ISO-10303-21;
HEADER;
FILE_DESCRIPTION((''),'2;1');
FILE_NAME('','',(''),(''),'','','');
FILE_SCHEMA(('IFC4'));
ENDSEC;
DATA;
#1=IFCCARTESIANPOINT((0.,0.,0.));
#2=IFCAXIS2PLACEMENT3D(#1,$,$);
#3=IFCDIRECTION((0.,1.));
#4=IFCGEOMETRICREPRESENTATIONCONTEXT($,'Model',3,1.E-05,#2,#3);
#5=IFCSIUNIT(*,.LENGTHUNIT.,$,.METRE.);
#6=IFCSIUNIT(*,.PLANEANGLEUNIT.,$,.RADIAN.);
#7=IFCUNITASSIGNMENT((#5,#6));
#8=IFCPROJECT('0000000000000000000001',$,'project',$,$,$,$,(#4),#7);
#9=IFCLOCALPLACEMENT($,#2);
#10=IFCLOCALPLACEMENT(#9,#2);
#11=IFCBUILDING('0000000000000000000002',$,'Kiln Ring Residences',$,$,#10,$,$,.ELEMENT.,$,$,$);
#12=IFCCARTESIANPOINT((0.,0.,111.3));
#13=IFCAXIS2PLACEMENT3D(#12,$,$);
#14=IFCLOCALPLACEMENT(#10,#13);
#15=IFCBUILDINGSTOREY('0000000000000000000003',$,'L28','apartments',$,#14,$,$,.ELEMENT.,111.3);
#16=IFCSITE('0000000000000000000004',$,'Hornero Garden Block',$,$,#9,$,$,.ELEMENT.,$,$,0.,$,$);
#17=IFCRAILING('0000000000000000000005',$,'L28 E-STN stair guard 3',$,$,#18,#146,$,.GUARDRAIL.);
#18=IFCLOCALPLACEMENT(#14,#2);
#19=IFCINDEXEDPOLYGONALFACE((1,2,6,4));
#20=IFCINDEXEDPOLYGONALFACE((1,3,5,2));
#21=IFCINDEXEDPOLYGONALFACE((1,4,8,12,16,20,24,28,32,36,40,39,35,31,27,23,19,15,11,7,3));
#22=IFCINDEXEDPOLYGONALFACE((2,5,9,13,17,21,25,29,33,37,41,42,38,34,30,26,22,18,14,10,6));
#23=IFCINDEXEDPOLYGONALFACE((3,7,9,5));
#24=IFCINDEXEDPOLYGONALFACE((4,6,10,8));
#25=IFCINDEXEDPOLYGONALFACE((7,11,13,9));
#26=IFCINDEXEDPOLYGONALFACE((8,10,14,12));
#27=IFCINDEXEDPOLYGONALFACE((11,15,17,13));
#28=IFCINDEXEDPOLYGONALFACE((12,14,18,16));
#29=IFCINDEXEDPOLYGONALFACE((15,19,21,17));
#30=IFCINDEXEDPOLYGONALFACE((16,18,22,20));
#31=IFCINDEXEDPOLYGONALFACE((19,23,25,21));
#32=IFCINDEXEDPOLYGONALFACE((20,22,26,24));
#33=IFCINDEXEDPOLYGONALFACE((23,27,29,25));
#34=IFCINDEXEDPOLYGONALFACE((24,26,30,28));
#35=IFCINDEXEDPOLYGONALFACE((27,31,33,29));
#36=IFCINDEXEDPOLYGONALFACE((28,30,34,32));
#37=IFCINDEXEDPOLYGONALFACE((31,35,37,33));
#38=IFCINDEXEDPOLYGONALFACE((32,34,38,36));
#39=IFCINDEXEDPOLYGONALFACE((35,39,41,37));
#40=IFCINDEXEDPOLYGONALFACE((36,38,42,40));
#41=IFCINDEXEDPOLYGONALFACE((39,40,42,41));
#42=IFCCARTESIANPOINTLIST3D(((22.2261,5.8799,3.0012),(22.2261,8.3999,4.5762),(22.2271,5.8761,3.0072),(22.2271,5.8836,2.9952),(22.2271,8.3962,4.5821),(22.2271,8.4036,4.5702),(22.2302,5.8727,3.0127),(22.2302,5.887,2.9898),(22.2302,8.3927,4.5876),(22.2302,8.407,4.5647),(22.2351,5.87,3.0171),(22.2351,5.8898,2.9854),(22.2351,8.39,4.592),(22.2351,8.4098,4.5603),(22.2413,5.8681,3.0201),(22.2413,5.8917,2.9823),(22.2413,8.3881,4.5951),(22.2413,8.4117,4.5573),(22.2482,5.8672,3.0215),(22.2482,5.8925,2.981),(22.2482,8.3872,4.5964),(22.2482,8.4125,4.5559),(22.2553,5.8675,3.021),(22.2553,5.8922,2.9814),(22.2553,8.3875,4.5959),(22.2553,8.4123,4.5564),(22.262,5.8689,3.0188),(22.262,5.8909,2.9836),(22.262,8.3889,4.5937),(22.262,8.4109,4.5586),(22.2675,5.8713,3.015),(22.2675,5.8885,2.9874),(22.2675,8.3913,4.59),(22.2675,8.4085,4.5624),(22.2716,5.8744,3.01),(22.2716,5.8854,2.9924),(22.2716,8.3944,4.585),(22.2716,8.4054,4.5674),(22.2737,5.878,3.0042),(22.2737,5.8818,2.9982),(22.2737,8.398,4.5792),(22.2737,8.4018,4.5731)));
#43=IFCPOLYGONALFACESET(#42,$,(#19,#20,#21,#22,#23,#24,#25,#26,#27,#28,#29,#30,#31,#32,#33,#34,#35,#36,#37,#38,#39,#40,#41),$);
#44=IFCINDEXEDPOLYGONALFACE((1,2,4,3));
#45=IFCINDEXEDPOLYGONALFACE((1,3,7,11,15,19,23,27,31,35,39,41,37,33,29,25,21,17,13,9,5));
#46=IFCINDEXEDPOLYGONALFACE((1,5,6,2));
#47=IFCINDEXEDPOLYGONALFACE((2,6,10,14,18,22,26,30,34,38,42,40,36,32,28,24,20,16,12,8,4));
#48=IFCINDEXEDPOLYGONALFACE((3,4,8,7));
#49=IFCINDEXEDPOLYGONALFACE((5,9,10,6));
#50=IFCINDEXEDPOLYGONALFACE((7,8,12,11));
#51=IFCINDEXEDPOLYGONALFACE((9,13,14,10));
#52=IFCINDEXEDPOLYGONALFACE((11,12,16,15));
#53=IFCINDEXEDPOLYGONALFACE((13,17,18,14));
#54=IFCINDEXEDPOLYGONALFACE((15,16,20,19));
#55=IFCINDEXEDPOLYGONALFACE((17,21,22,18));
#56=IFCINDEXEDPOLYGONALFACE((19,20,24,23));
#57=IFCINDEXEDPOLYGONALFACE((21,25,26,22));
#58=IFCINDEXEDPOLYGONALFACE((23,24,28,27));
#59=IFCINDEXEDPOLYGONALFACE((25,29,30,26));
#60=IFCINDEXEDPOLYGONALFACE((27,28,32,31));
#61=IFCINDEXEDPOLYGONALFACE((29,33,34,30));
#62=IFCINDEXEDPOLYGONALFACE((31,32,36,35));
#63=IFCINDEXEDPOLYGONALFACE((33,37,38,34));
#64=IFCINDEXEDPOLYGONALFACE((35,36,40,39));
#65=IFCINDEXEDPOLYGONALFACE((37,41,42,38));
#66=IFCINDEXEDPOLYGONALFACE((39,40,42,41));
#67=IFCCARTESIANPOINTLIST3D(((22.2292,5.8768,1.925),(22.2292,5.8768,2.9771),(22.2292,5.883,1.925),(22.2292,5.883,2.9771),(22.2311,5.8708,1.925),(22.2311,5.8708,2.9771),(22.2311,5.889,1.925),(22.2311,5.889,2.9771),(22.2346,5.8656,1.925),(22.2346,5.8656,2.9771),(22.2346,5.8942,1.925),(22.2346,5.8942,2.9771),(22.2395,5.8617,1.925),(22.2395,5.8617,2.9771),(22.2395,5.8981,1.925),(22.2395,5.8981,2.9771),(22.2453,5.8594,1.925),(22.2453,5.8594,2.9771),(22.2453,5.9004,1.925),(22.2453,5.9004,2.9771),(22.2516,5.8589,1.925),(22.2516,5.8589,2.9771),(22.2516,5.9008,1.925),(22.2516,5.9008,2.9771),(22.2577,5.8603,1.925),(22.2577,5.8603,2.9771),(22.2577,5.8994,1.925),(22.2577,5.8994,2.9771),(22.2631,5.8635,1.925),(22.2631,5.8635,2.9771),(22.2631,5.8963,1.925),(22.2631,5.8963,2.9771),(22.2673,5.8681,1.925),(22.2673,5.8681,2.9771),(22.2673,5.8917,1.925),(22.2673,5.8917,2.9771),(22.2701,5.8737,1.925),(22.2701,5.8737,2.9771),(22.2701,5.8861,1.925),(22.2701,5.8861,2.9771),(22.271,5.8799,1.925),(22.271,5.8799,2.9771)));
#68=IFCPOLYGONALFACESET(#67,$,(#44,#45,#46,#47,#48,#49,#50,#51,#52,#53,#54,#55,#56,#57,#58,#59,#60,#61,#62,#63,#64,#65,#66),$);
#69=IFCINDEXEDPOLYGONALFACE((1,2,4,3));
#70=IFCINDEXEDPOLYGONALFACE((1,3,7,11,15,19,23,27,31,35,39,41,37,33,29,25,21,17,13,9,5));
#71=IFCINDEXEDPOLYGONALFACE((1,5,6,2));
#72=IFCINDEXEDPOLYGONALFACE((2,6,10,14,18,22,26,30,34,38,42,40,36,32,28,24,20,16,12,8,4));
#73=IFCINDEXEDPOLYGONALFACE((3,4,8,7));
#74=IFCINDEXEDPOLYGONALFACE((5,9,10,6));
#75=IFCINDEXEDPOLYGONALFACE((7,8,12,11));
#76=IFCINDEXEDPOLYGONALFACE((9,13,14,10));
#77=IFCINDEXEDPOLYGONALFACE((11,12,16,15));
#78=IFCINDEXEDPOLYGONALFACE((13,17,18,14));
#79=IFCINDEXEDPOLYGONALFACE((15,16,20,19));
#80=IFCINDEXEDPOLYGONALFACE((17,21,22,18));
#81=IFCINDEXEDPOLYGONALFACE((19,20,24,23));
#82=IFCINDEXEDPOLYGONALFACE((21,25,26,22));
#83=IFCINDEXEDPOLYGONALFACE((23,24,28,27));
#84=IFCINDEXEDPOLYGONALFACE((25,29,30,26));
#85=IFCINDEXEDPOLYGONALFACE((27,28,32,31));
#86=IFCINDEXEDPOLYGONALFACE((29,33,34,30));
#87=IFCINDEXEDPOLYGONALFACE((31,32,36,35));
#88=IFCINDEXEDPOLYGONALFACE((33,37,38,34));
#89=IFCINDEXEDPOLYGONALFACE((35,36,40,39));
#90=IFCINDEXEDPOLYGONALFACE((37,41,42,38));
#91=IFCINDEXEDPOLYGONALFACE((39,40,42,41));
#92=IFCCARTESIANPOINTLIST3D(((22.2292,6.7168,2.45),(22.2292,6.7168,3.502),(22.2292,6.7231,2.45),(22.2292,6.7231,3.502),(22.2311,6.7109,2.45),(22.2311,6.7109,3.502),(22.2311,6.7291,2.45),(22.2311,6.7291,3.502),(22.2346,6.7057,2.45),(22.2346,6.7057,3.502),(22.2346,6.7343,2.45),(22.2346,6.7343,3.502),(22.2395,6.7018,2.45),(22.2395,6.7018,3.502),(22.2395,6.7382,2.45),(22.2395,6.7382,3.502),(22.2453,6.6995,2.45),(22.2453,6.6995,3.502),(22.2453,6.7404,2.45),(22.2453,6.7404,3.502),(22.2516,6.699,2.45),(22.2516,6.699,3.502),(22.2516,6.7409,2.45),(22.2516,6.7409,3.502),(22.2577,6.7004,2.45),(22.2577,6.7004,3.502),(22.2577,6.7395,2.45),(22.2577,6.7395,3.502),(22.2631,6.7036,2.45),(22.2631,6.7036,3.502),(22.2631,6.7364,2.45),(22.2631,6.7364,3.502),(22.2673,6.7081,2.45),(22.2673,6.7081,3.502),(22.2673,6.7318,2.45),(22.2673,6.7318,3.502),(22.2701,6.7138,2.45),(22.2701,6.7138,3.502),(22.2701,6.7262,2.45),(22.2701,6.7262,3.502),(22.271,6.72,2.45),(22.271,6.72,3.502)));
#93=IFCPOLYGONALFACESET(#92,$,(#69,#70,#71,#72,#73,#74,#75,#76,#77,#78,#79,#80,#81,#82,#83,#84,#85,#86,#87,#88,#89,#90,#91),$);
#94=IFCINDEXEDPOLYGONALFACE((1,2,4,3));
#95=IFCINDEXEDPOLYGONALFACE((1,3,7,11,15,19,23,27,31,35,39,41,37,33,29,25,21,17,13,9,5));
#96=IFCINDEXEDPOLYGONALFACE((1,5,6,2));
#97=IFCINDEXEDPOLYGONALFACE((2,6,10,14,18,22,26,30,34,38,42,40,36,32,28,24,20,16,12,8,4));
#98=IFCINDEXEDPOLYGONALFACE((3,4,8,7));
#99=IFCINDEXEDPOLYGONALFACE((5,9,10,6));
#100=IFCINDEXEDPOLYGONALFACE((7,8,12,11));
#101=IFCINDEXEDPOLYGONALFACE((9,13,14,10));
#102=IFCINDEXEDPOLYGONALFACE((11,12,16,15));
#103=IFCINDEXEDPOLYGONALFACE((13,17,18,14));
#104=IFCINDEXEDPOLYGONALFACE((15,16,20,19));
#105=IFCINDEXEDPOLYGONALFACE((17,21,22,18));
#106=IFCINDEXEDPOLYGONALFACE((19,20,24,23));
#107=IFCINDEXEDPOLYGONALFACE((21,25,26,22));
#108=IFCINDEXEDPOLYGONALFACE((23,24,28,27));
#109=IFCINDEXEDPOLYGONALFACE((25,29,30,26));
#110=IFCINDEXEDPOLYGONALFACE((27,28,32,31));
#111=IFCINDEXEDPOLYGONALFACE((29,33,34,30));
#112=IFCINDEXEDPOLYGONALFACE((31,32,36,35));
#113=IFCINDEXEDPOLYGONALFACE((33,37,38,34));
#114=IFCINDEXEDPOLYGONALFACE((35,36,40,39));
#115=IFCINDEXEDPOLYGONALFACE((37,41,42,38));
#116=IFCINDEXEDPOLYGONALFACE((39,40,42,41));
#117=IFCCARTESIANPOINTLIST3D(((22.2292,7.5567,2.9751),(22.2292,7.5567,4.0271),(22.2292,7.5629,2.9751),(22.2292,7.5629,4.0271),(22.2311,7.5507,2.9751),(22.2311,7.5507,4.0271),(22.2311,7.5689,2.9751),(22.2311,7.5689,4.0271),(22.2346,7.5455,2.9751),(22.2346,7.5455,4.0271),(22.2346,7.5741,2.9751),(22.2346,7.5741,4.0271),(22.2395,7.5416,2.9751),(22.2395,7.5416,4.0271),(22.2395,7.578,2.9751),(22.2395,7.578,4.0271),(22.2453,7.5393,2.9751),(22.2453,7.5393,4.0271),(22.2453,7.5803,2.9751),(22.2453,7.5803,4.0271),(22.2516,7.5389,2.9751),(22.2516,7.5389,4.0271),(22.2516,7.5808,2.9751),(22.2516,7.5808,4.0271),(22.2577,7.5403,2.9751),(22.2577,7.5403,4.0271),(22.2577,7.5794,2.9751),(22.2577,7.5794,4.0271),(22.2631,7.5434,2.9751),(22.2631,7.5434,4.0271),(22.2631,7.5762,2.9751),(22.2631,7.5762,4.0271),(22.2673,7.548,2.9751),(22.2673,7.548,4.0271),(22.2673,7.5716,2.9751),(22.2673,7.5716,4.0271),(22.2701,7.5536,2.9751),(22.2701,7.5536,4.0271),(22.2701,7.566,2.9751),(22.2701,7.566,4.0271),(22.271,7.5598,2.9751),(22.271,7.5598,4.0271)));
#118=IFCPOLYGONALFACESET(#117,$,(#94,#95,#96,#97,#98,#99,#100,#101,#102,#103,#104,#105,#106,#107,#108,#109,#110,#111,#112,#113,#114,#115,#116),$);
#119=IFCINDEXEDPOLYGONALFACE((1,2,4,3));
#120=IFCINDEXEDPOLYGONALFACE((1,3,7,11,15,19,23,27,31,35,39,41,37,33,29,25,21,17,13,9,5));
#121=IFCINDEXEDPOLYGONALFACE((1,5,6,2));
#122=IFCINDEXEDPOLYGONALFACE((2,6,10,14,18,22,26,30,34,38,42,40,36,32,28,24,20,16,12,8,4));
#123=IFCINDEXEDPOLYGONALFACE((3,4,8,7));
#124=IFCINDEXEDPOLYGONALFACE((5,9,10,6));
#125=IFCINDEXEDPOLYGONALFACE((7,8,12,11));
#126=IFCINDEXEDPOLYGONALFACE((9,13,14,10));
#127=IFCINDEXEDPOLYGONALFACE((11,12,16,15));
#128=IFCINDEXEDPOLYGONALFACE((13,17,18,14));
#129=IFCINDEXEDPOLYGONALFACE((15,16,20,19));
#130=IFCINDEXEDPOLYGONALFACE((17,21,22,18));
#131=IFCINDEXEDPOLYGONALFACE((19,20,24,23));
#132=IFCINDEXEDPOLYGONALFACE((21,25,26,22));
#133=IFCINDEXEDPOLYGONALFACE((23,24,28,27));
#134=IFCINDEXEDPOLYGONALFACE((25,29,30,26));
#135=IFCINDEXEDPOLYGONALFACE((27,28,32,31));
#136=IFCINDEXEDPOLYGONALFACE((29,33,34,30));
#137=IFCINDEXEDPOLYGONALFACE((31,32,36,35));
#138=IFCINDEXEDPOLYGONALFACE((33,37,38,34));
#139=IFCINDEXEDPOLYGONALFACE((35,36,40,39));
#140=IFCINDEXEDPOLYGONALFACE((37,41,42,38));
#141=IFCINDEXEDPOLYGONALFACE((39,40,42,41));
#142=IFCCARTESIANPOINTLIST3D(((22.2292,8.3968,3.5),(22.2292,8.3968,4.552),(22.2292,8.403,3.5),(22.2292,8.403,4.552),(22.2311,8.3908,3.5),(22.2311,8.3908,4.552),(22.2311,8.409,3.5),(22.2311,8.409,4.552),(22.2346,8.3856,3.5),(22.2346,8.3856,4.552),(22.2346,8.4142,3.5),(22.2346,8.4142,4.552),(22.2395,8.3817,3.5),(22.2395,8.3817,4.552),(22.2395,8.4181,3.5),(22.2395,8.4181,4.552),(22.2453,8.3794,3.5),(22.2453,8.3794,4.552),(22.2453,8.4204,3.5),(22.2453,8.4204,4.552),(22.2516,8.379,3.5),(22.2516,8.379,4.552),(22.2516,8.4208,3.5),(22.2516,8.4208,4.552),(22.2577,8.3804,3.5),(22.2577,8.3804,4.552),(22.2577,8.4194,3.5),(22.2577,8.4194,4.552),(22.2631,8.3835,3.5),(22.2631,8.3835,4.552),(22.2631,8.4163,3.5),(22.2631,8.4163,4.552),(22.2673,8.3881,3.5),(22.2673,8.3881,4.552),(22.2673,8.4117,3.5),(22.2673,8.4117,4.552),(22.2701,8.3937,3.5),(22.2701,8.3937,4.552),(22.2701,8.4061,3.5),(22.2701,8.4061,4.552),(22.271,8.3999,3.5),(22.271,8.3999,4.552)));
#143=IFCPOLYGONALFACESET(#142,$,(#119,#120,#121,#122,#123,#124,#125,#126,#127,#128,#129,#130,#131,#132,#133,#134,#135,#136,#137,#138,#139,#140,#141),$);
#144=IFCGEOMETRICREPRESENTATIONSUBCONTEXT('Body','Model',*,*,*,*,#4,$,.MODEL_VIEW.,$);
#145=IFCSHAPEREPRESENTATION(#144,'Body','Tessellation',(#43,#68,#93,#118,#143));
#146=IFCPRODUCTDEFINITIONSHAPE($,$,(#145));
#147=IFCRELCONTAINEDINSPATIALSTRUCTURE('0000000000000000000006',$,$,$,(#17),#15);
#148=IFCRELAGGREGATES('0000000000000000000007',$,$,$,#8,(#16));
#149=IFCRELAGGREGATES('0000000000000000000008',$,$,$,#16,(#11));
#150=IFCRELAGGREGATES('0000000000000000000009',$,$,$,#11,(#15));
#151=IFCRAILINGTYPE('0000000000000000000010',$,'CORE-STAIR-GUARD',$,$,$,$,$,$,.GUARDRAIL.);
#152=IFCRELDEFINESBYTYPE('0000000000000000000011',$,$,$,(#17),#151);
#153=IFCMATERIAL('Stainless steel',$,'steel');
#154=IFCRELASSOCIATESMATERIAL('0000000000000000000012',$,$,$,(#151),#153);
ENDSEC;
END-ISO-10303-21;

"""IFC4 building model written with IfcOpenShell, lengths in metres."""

from ifc_helpers import new_model, si_unit, direction, frame, origin, origin_2d, place, context, subcontext, project, spatial, circle, extrude, material, type_object, element, save


model = new_model("IFC4")

# Units and contexts
model_context = context("Model", 3, precision=1e-05, world=origin(), true_north=direction((0.0, 1.0)))
body_context = subcontext(model_context, "Body", "Model", "MODEL_VIEW")
ifc_project = project(units=[si_unit("LENGTHUNIT", "METRE"), si_unit("PLANEANGLEUNIT", "RADIAN")], contexts=[model_context])

# Site, building, storey
site_placement = place(None, origin())
site = spatial("IfcSite", under=ifc_project, at=site_placement, Name="Hornero Garden Block", CompositionType="ELEMENT", RefElevation=0.0)
building_placement = place(site_placement, origin())
building = spatial("IfcBuilding", under=site, at=building_placement, Name="Kiln Ring Residences", CompositionType="ELEMENT")
storey_placement = place(building_placement, frame((0.0, 0.0, 111.3)))
storey = spatial("IfcBuildingStorey", under=building, at=storey_placement, Name="L28", Description="apartments", CompositionType="ELEMENT", Elevation=111.3)

# Railing
ifc_material_1 = material(Name="Stainless steel", Category="steel")
railing_type_1 = type_object("IfcRailingType", Name="CORE-STAIR-GUARD", PredefinedType="GUARDRAIL", material=ifc_material_1)
railing_1_placement = place(storey_placement, frame((22.25, 5.8799, 1.925)))
element("IfcRailing", 1, at=railing_1_placement, inside=storey, type_object=railing_type_1, Name="L28 E-STN stair guard 3", PredefinedType="GUARDRAIL", context=body_context, shape_type="SweptSolid", body=[
    extrude(circle(Radius=0.0239, at=origin_2d()), frame((0.0, 0.0, 1.0762), z_axis=(0.0, 0.848008, 0.529984), x_axis=(-1.0, 0.0, 0.0)), (0.0, 0.0, 1.0), 2.9717),
    extrude(circle(Radius=0.021, at=origin_2d()), origin(), (0.0, 0.0, 1.0), 1.052),
    extrude(circle(Radius=0.021, at=origin_2d()), frame((0.0, 0.8401, 0.5249)), (0.0, 0.0, 1.0), 1.052),
    extrude(circle(Radius=0.021, at=origin_2d()), frame((0.0, 1.6799, 1.05)), (0.0, 0.0, 1.0), 1.052),
    extrude(circle(Radius=0.021, at=origin_2d()), frame((0.0, 2.52, 1.575)), (0.0, 0.0, 1.0), 1.052),
])

save(model, "model.ifc")
